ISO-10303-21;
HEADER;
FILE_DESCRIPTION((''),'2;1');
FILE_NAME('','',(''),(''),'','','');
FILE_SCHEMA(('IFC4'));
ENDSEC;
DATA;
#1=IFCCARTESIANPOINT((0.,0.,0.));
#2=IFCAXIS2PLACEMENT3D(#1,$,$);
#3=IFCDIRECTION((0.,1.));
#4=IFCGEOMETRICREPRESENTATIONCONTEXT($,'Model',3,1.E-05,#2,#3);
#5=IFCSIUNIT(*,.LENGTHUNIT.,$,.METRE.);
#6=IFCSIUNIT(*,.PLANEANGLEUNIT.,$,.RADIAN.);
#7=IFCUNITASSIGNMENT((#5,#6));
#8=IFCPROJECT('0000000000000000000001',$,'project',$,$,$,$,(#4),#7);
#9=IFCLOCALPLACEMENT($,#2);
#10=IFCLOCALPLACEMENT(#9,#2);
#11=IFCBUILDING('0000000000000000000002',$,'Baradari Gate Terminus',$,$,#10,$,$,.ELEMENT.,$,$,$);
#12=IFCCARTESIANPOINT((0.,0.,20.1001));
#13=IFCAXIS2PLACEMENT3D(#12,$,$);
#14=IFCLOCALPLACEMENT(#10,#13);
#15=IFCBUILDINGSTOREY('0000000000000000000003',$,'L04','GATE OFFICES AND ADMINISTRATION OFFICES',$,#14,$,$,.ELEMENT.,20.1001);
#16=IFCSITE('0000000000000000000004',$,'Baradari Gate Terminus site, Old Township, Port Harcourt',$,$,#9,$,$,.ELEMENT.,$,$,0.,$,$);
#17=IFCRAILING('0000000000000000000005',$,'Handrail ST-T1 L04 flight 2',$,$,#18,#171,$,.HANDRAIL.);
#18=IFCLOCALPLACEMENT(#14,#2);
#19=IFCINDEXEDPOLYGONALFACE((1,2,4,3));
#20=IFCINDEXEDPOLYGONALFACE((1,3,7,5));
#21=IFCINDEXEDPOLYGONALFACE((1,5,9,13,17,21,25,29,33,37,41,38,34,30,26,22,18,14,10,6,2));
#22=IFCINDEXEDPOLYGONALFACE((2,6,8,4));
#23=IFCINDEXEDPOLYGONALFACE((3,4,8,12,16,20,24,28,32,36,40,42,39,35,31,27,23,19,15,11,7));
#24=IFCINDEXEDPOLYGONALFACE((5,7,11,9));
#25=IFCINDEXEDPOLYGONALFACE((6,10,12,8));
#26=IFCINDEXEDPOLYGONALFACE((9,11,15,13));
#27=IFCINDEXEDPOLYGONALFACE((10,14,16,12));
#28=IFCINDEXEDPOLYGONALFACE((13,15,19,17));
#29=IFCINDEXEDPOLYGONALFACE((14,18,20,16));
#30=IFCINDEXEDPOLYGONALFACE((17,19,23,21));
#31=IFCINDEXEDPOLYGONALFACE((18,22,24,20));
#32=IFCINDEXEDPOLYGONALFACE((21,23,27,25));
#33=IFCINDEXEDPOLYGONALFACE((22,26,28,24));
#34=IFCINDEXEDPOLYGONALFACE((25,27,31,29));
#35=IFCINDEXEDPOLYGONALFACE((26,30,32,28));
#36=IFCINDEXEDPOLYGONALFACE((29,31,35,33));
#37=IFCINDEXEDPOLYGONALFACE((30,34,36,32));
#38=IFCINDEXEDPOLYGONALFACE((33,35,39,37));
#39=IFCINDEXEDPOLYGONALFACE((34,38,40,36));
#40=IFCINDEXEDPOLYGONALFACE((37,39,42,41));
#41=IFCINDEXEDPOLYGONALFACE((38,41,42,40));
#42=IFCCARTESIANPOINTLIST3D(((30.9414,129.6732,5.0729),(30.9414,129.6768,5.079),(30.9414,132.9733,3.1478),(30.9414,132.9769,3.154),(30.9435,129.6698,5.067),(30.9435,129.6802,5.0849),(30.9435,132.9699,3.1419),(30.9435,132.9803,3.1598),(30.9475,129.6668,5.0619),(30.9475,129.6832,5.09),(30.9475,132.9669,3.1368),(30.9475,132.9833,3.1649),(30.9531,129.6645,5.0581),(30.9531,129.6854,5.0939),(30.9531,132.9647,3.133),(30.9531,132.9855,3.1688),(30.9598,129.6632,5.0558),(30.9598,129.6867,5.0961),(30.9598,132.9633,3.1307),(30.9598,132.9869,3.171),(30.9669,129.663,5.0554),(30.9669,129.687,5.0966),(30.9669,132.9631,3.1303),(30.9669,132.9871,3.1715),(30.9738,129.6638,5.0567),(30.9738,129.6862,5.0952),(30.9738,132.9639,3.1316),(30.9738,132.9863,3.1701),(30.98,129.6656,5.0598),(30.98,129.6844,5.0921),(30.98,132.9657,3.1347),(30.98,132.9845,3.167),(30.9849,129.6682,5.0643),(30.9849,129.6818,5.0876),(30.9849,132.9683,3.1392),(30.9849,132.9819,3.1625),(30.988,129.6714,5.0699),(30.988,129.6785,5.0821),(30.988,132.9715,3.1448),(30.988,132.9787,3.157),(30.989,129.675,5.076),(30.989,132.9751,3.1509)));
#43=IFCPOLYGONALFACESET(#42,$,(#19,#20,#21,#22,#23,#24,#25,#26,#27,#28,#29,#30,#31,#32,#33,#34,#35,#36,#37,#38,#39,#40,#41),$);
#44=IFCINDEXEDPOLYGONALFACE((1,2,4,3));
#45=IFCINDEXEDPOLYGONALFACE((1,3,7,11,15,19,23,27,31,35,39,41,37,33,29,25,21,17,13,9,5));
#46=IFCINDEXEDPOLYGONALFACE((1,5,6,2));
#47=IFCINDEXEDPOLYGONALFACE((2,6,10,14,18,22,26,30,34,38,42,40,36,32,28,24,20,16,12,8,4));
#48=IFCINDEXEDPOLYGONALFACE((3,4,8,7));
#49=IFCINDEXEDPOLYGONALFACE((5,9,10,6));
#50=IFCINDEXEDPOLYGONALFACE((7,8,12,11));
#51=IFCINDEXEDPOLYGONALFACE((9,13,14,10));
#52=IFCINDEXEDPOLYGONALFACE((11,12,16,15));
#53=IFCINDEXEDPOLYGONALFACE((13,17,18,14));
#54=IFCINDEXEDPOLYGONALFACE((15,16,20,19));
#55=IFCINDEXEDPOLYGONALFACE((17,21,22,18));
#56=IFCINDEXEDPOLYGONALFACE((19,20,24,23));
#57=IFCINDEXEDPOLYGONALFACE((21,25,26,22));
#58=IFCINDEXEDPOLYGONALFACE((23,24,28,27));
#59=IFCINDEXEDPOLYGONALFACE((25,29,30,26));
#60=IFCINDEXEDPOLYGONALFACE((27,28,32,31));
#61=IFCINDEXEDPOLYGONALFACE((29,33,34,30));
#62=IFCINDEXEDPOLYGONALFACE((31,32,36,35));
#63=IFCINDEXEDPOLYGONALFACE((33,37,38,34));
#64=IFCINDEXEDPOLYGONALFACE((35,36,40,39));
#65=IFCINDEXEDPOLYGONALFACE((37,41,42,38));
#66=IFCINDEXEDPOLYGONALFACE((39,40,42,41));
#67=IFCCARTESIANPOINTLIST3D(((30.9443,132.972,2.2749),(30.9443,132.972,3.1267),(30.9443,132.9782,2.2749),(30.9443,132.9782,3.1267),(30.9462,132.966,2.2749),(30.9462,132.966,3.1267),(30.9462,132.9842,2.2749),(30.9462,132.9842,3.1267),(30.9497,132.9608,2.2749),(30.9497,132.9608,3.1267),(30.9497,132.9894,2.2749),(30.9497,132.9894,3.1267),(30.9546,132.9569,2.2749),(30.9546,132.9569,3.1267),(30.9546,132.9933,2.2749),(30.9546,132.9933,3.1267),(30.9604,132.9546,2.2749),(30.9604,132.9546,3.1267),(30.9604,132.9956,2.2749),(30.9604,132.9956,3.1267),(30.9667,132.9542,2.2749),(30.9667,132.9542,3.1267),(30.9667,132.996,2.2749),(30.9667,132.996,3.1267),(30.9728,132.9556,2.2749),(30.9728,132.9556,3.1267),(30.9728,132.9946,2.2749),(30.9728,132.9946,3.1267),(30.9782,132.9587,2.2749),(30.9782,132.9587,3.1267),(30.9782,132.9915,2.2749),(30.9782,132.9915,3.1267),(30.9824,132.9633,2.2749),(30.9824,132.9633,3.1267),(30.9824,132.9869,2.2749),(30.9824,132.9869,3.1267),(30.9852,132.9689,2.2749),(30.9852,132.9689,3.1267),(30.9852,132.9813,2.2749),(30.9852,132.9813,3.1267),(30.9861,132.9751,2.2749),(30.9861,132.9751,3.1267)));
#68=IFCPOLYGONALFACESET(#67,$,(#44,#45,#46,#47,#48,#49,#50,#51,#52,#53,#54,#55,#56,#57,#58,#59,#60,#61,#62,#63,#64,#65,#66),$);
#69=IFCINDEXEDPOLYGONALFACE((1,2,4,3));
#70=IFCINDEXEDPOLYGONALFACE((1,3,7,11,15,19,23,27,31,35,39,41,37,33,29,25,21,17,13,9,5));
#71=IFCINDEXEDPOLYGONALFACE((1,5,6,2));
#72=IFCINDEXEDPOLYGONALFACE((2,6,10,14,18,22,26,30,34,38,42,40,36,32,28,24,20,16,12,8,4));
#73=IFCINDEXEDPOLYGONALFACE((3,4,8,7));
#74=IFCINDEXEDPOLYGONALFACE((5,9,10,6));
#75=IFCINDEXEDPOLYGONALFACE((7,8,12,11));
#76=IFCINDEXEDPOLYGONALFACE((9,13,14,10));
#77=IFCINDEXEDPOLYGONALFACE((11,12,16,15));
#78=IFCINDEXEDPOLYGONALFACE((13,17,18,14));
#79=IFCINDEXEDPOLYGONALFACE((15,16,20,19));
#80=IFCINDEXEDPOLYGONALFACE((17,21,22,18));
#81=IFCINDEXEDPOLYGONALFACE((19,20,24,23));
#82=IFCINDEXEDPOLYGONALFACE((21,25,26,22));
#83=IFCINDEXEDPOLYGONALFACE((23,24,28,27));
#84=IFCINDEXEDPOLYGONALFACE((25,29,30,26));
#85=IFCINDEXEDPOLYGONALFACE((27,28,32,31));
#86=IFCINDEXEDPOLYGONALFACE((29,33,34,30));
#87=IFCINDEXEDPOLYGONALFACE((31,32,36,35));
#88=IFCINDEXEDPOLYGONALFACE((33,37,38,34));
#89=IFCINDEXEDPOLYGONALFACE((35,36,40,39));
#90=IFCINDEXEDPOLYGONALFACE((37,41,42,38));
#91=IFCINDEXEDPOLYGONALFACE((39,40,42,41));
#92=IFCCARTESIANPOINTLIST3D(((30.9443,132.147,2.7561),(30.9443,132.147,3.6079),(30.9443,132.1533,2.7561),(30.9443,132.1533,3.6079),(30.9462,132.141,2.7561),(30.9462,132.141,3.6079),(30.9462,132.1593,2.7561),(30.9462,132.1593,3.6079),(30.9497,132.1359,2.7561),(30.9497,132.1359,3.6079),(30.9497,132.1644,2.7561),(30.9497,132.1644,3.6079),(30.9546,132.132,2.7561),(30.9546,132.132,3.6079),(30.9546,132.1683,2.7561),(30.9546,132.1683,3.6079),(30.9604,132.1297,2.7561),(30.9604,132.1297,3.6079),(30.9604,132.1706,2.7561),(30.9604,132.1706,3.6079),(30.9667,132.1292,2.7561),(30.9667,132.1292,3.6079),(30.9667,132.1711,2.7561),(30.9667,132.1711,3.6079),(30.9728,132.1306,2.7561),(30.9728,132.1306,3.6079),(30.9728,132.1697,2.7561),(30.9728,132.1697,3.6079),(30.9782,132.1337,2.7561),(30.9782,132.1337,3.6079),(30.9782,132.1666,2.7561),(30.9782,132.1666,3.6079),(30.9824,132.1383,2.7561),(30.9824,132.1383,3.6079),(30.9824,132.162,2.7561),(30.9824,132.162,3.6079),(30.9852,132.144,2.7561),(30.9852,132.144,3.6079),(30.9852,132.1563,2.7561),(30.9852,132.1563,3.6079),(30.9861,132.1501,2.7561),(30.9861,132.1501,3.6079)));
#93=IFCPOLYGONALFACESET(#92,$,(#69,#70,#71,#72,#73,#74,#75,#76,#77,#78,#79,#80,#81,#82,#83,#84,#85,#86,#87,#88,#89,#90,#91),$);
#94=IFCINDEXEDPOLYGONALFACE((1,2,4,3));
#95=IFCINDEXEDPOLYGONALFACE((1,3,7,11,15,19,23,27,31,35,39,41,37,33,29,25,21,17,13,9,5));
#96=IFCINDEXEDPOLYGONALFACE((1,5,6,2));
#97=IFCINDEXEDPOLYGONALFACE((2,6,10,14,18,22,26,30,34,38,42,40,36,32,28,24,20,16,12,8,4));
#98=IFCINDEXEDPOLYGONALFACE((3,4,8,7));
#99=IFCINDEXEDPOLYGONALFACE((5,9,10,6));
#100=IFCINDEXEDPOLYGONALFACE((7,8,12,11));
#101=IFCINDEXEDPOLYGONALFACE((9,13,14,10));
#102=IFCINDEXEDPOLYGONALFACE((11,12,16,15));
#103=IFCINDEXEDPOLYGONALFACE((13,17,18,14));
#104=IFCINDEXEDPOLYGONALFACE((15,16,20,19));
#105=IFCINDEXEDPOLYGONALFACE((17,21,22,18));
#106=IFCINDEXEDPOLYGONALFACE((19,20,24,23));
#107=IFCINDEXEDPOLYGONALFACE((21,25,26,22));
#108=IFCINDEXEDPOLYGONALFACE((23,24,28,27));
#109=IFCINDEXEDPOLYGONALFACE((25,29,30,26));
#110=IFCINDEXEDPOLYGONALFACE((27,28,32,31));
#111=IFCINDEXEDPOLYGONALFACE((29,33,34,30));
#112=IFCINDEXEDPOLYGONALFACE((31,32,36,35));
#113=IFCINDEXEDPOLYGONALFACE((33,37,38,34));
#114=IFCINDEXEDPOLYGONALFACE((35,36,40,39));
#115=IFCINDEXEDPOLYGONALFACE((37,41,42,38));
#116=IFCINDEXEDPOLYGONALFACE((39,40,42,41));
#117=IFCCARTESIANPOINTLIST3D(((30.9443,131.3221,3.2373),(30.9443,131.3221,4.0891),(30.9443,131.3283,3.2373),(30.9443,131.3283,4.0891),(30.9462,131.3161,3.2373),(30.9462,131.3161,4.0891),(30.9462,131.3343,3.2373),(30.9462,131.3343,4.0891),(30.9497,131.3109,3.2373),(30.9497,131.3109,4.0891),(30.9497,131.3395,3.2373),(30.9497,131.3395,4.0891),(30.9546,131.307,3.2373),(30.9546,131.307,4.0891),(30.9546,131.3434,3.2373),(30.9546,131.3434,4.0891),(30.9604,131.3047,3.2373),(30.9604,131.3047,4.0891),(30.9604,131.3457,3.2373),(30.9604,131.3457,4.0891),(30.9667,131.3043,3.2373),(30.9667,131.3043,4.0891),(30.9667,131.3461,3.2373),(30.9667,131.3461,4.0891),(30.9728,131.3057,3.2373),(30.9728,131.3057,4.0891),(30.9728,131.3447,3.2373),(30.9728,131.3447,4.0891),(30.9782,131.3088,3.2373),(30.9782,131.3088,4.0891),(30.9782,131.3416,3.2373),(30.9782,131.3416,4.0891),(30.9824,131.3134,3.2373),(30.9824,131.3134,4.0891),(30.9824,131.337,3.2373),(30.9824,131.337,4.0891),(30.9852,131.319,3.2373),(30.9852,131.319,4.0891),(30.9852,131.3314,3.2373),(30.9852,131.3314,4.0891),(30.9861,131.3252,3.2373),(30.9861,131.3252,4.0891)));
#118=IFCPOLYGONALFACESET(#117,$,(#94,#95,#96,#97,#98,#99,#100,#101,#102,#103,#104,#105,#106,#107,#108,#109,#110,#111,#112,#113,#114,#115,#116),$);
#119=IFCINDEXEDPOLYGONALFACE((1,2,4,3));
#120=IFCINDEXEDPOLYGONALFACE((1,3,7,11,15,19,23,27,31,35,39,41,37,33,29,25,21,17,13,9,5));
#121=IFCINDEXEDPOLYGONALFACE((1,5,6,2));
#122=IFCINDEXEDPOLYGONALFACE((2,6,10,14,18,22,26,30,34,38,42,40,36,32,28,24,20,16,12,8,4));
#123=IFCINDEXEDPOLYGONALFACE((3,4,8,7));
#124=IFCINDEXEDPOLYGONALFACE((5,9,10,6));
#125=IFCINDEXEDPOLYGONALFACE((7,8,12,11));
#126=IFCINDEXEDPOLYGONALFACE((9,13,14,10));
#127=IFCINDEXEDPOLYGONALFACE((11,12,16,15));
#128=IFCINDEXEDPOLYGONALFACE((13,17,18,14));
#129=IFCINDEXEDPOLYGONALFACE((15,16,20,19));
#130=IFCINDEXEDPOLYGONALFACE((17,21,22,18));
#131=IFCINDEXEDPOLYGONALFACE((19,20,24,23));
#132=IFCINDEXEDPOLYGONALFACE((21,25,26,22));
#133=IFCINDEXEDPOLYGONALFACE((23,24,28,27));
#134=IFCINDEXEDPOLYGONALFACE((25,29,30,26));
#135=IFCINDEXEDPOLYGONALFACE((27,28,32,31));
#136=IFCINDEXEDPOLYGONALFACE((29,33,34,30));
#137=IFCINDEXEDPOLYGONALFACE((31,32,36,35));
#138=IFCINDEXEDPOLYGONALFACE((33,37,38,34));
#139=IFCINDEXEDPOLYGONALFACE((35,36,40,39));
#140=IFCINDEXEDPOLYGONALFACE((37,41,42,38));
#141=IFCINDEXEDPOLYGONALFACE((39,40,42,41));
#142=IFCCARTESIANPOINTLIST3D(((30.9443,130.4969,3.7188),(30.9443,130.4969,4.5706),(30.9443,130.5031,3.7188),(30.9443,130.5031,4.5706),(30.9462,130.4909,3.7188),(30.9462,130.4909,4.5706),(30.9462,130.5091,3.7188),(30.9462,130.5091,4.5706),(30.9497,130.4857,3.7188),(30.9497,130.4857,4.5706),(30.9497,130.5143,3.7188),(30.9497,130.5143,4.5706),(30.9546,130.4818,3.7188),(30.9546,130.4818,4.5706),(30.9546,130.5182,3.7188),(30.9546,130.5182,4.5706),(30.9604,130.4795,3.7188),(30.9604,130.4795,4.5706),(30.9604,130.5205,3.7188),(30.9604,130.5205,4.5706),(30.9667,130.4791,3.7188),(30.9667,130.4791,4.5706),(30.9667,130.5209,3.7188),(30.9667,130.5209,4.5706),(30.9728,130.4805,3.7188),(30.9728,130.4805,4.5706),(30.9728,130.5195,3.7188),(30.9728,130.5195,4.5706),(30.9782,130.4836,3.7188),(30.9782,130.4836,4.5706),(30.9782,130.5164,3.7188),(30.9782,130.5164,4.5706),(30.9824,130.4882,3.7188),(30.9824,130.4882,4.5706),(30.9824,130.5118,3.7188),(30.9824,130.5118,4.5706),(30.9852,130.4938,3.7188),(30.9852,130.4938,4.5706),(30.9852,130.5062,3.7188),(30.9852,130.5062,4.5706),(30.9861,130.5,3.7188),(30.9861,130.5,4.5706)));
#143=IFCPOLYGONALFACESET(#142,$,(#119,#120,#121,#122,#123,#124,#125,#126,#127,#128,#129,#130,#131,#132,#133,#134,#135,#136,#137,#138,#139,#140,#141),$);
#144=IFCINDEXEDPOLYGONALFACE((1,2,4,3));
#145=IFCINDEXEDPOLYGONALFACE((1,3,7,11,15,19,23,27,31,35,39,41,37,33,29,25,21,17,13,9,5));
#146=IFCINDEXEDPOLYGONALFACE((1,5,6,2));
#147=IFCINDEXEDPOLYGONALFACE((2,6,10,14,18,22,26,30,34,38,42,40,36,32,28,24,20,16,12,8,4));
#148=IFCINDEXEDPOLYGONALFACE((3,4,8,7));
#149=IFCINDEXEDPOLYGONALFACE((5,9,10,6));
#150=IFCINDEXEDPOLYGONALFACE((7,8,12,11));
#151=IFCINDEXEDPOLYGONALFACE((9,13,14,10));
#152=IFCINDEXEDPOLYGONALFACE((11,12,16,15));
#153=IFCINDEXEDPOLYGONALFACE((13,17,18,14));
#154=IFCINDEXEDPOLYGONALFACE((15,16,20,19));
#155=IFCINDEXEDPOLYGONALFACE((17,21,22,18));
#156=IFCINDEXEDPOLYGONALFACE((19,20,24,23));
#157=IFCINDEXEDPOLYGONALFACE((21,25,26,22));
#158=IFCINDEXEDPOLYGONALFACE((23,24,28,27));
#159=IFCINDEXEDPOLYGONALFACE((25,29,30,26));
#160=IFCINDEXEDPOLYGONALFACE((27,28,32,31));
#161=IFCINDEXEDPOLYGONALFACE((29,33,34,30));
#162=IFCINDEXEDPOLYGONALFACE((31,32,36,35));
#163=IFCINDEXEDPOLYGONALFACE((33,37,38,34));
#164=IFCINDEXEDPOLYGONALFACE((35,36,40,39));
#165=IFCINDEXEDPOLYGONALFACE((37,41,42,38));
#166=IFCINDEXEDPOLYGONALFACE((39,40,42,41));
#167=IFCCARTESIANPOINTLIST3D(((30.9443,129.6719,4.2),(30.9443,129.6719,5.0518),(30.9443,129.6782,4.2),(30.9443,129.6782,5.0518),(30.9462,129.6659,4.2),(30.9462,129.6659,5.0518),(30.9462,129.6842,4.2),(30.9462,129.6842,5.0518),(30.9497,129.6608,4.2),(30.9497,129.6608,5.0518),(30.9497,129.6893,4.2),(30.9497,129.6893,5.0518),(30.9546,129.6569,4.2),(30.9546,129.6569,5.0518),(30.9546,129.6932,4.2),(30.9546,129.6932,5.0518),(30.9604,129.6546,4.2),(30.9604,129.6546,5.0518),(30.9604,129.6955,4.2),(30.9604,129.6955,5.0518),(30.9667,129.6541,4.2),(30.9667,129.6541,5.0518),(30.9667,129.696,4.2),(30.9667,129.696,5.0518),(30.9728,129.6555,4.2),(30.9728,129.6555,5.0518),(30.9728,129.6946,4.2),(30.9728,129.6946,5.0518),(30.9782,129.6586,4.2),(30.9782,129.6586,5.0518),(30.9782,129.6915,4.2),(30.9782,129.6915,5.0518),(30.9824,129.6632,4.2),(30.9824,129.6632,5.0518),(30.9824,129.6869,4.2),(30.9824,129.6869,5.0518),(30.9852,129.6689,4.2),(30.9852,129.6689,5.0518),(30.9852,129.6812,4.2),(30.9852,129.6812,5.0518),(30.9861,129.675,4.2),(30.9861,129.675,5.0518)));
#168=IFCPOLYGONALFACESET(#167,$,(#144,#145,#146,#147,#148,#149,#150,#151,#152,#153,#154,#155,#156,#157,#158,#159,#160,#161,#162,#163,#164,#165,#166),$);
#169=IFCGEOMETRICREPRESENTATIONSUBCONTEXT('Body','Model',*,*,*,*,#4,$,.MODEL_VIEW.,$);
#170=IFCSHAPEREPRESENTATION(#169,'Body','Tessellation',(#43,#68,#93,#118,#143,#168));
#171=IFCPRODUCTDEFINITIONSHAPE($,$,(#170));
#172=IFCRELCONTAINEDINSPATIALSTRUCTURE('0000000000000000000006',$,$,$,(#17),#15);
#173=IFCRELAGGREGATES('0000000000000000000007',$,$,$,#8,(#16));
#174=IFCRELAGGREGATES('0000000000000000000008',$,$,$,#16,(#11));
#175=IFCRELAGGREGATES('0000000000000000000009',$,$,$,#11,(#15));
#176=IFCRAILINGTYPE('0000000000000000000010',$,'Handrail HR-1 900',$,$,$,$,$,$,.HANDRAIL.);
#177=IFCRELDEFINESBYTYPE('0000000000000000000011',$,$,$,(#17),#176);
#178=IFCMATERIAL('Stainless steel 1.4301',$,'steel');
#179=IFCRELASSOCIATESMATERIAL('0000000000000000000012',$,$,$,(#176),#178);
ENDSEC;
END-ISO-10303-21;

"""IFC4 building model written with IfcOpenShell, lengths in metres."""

from ifc_helpers import new_model, si_unit, direction, frame, origin, origin_2d, place, context, subcontext, project, spatial, circle, extrude, material, type_object, element, save


model = new_model("IFC4")

# Units and contexts
model_context = context("Model", 3, precision=1e-05, world=origin(), true_north=direction((0.0, 1.0)))
body_context = subcontext(model_context, "Body", "Model", "MODEL_VIEW")
ifc_project = project(units=[si_unit("LENGTHUNIT", "METRE"), si_unit("PLANEANGLEUNIT", "RADIAN")], contexts=[model_context])

# Site, building, storey
site_placement = place(None, origin())
site = spatial("IfcSite", under=ifc_project, at=site_placement, Name="Baradari Gate Terminus site, Old Township, Port Harcourt", CompositionType="ELEMENT", RefElevation=0.0)
building_placement = place(site_placement, origin())
building = spatial("IfcBuilding", under=site, at=building_placement, Name="Baradari Gate Terminus", CompositionType="ELEMENT")
storey_placement = place(building_placement, frame((0.0, 0.0, 20.1001)))
storey = spatial("IfcBuildingStorey", under=building, at=storey_placement, Name="L04", Description="GATE OFFICES AND ADMINISTRATION OFFICES", CompositionType="ELEMENT", Elevation=20.1001)

# Railing
ifc_material_1 = material(Name="Stainless steel 1.4301", Category="steel")
railing_type = type_object("IfcRailingType", Name="Handrail HR-1 900", PredefinedType="HANDRAIL", material=ifc_material_1)
railing_placement = place(storey_placement, frame((30.9651, 132.9751, 2.2749)))
element("IfcRailing", 1, at=railing_placement, inside=storey, type_object=railing_type, Name="Handrail ST-T1 L04 flight 2", PredefinedType="HANDRAIL", context=body_context, shape_type="SweptSolid", body=[
    extrude(circle(Radius=0.0239, at=origin_2d()), frame((0.0, 0.0, 0.876), z_axis=(0.0, -0.863777, 0.503875), x_axis=(1.0, 0.0, 0.0)), (0.0, 0.0, 1.0), 3.8206),
    extrude(circle(Radius=0.021, at=origin_2d()), origin(), (0.0, 0.0, 1.0), 0.8518),
    extrude(circle(Radius=0.021, at=origin_2d()), frame((0.0, -0.825, 0.4812)), (0.0, 0.0, 1.0), 0.8518),
    extrude(circle(Radius=0.021, at=origin_2d()), frame((0.0, -1.6499, 0.9624)), (0.0, 0.0, 1.0), 0.8518),
    extrude(circle(Radius=0.021, at=origin_2d()), frame((0.0, -2.4751, 1.4438)), (0.0, 0.0, 1.0), 0.8518),
    extrude(circle(Radius=0.021, at=origin_2d()), frame((0.0, -3.3, 1.925)), (0.0, 0.0, 1.0), 0.8518),
])

save(model, "model.ifc")
